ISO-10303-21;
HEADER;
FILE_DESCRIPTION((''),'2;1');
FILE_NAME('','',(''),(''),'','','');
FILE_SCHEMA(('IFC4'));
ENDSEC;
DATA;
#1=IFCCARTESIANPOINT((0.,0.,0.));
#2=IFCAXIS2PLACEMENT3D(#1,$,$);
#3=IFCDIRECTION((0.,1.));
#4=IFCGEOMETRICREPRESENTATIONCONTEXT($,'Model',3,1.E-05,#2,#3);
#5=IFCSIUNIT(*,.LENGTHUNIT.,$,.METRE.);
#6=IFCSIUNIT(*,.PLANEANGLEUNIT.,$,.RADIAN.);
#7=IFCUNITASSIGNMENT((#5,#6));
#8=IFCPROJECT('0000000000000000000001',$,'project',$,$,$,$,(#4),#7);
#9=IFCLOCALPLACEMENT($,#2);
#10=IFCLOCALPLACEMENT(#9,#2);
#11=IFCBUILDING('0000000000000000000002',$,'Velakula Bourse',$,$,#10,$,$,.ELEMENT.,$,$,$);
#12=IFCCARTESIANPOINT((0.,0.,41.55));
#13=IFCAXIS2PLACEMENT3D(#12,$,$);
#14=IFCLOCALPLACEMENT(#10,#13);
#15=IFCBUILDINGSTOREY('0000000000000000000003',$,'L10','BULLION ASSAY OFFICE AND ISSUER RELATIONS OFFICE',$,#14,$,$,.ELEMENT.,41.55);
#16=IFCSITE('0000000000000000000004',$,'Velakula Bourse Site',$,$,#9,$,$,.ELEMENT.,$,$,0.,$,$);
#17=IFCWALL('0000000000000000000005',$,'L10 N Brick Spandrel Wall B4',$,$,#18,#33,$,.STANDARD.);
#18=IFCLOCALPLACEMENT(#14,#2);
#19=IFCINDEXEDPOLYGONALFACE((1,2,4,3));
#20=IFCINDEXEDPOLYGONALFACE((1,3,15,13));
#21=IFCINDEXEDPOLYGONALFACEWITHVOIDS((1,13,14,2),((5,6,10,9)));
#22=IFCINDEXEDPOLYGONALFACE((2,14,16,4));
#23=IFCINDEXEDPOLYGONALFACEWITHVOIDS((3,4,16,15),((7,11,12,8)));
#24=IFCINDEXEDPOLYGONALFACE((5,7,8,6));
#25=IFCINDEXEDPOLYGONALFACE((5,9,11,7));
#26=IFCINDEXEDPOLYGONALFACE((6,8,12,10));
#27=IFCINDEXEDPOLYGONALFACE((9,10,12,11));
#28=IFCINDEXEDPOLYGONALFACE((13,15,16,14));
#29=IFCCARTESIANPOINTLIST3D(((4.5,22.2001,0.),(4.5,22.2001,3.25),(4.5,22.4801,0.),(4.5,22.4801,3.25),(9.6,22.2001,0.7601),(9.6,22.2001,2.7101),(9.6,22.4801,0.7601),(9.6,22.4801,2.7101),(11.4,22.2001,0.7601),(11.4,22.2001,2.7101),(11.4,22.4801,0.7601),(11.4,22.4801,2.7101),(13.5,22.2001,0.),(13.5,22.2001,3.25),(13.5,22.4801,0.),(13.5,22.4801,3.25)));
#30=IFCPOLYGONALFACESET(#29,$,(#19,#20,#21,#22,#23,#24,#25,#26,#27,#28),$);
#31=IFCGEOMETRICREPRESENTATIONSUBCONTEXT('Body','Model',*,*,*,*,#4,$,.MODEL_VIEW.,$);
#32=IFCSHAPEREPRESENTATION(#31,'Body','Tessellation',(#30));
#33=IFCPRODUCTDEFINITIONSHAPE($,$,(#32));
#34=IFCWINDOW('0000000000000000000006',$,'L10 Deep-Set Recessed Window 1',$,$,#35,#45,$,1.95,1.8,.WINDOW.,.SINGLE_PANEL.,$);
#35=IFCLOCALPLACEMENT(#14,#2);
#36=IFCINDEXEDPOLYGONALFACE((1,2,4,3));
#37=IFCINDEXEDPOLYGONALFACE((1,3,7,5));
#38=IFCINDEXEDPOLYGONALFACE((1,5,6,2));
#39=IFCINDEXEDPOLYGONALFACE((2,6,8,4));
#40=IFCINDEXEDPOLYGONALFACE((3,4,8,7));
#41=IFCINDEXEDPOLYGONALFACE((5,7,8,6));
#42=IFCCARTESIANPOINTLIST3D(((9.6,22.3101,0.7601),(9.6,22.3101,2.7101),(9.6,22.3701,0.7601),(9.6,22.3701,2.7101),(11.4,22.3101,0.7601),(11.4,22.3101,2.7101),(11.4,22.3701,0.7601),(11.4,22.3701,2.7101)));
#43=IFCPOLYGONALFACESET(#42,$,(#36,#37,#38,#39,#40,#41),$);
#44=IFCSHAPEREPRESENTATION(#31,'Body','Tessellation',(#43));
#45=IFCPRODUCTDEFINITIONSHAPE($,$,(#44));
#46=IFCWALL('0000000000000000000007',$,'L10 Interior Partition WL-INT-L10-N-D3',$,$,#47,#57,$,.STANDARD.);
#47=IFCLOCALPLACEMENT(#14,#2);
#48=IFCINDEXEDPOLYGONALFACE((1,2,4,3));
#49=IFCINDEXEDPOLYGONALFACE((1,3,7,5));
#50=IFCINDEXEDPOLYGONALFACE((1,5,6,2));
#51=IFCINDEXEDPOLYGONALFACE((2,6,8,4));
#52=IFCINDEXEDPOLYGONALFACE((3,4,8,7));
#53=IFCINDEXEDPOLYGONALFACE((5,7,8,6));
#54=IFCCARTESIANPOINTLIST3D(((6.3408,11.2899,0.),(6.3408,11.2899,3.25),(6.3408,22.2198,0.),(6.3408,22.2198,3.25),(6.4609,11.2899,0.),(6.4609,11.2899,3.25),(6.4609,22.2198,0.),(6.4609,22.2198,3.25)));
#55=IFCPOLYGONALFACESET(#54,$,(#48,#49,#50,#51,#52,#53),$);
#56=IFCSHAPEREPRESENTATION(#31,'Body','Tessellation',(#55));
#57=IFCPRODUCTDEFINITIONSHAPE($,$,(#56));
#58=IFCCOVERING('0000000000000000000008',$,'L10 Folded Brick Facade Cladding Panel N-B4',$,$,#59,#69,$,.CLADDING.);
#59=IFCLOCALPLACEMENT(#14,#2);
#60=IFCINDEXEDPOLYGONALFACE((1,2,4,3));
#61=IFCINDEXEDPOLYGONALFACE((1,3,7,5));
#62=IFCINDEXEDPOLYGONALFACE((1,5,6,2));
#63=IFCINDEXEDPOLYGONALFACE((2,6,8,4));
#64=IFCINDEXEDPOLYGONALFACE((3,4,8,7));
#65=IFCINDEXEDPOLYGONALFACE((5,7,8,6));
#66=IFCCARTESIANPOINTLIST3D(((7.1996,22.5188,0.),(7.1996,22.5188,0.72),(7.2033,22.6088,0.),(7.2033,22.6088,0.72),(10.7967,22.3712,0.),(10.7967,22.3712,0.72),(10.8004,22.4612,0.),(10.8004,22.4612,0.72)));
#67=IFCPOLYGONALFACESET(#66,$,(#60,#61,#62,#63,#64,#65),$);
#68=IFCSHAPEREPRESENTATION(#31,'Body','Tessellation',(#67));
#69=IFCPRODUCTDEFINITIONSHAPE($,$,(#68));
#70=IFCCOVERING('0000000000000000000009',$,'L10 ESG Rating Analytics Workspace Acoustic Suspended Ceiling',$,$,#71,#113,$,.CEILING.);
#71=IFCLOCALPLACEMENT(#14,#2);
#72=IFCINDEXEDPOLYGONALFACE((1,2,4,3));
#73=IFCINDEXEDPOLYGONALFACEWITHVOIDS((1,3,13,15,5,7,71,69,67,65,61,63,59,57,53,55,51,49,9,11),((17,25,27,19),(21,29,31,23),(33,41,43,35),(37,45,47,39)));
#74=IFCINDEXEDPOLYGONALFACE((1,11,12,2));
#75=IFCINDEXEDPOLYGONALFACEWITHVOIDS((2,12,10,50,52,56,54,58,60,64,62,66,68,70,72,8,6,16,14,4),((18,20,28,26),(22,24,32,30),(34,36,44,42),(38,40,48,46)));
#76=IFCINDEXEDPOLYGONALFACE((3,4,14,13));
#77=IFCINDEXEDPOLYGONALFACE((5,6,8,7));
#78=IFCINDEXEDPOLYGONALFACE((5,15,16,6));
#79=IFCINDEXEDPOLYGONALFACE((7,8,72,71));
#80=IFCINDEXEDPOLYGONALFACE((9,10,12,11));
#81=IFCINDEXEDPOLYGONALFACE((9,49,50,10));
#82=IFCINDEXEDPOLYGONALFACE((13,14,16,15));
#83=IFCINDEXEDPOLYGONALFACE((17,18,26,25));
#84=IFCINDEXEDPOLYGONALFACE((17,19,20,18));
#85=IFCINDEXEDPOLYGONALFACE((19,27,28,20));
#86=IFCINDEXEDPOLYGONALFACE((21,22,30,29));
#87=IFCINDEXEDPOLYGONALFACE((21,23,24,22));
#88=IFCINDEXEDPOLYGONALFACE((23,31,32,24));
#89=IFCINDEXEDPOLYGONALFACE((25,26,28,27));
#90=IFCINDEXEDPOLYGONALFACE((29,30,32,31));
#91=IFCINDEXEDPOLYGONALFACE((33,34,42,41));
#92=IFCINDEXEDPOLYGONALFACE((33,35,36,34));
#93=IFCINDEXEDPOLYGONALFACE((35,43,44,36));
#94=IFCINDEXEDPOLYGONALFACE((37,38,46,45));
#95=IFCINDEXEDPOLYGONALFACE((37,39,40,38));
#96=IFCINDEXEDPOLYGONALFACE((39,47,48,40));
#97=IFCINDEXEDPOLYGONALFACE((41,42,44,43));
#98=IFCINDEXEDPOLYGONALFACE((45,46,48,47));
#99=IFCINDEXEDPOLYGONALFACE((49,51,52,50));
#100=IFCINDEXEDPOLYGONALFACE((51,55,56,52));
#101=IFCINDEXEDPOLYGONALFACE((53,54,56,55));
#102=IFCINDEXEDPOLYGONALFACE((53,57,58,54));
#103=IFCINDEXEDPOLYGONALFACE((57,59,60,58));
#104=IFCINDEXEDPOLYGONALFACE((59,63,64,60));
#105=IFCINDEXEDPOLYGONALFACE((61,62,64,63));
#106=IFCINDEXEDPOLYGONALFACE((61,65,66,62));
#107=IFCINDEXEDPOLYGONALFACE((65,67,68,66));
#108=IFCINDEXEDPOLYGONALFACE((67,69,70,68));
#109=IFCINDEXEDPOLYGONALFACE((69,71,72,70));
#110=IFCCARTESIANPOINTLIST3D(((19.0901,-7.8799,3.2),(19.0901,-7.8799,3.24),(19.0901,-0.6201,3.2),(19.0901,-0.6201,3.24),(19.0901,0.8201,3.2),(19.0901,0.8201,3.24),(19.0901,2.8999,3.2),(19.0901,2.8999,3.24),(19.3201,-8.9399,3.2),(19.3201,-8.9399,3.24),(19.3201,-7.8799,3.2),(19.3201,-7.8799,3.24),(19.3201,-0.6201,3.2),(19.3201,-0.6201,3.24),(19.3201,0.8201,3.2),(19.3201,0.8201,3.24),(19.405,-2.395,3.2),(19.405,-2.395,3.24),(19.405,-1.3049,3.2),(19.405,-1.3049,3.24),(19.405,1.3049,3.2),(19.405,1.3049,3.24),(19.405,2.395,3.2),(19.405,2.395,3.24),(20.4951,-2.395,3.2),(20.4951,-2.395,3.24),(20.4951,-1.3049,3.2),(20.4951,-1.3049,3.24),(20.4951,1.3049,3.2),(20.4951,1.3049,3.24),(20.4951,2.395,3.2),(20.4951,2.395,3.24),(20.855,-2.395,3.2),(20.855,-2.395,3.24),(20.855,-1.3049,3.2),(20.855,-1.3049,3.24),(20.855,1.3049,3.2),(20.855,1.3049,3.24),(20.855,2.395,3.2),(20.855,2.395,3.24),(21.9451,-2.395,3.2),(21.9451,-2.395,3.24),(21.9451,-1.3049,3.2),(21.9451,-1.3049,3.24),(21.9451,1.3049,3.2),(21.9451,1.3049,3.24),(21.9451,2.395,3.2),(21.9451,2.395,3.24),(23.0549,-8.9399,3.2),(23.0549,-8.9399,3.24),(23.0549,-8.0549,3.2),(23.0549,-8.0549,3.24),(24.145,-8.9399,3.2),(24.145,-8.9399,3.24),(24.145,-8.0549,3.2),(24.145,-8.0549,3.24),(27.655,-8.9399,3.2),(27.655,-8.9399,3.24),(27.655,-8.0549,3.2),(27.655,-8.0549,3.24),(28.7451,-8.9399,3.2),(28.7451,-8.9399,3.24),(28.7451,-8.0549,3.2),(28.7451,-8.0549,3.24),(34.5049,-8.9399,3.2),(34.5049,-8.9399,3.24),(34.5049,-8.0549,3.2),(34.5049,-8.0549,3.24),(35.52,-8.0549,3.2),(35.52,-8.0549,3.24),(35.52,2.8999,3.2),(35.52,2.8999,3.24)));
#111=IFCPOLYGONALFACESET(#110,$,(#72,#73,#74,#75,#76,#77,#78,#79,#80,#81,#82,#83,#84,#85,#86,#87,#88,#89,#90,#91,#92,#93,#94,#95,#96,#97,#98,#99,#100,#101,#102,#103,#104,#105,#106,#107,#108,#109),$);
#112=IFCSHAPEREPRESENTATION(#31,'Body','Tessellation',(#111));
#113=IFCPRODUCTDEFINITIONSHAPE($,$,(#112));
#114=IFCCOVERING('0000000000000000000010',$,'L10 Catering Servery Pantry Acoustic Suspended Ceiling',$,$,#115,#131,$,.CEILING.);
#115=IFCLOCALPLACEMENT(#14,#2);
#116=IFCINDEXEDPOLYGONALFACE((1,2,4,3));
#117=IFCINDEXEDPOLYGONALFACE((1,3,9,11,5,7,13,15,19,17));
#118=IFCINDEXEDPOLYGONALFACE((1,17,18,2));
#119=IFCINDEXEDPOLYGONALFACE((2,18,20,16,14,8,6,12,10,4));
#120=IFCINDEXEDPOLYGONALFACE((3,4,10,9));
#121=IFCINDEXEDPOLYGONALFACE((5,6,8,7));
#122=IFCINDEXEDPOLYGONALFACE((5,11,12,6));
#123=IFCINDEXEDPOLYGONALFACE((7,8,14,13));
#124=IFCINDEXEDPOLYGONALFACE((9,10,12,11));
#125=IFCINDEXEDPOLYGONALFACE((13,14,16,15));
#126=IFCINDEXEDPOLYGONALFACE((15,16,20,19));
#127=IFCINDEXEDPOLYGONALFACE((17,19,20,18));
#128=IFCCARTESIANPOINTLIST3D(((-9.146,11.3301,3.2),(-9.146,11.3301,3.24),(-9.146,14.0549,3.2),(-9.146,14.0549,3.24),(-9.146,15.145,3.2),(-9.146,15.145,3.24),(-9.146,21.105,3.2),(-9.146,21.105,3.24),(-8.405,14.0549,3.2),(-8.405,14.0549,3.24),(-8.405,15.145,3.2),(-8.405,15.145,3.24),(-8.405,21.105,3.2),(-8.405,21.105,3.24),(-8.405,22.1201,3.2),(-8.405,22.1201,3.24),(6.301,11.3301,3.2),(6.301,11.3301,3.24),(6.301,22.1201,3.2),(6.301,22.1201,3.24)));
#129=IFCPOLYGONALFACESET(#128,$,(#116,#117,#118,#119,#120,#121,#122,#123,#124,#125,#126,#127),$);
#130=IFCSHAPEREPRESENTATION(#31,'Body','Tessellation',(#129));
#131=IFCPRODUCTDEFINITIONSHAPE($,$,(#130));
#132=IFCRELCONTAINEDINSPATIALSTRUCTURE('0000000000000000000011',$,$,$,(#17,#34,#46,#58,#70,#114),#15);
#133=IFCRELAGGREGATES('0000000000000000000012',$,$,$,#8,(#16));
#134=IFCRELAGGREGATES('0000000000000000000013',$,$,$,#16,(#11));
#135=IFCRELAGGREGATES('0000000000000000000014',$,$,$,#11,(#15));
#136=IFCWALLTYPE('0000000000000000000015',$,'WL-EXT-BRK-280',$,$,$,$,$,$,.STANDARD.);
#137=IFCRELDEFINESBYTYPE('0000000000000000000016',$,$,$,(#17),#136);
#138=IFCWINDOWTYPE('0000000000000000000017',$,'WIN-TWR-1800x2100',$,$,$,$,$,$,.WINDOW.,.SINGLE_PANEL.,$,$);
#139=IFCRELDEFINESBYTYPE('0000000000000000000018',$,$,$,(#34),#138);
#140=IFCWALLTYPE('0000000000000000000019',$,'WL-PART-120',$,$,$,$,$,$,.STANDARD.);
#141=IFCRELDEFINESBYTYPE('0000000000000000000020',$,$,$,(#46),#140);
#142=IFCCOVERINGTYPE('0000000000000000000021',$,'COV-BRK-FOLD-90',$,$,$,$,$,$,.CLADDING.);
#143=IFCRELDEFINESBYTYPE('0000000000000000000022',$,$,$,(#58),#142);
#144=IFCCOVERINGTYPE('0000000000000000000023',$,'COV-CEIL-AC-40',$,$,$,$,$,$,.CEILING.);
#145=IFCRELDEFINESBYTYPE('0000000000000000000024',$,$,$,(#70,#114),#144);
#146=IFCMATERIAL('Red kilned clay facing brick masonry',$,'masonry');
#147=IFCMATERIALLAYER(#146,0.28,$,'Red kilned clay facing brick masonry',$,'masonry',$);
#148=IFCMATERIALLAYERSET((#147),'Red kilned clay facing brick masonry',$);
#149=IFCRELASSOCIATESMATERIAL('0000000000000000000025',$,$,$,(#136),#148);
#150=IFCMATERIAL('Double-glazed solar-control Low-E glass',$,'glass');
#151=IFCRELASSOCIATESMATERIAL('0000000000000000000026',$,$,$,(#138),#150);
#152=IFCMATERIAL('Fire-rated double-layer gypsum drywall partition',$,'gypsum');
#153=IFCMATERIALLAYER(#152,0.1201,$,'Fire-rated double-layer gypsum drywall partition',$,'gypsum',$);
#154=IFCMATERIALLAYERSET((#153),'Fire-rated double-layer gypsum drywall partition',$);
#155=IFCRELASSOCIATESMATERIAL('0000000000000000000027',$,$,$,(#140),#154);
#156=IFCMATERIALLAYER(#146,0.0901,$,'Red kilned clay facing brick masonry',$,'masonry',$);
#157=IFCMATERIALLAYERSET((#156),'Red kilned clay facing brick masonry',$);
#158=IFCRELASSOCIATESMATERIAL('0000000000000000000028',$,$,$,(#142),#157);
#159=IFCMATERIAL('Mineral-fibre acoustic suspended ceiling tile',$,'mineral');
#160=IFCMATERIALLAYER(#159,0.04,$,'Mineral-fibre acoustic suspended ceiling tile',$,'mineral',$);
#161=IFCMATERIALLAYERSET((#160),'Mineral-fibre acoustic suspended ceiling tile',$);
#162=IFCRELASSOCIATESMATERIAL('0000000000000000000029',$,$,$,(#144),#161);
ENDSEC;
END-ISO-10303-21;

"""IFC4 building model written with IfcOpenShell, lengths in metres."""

from ifc_helpers import new_model, si_unit, direction, frame, frame_2d, origin, origin_2d, place, context, subcontext, project, spatial, polyline, rectangle, outline, extrude, material, layer, layer_set, type_object, element, fill, save


model = new_model("IFC4")

# Units and contexts
model_context = context("Model", 3, precision=1e-05, world=origin(), true_north=direction((0.0, 1.0)))
body_context = subcontext(model_context, "Body", "Model", "MODEL_VIEW")
ifc_project = project(units=[si_unit("LENGTHUNIT", "METRE"), si_unit("PLANEANGLEUNIT", "RADIAN")], contexts=[model_context])

# Site, building, storey
site_placement = place(None, origin())
site = spatial("IfcSite", under=ifc_project, at=site_placement, Name="Velakula Bourse Site", CompositionType="ELEMENT", RefElevation=0.0)
building_placement = place(site_placement, origin())
building = spatial("IfcBuilding", under=site, at=building_placement, Name="Velakula Bourse", CompositionType="ELEMENT")
storey_placement = place(building_placement, frame((0.0, 0.0, 41.55)))
storey = spatial("IfcBuildingStorey", under=building, at=storey_placement, Name="L10", Description="BULLION ASSAY OFFICE AND ISSUER RELATIONS OFFICE", CompositionType="ELEMENT", Elevation=41.55)

# Shared definitions
ifc_material_1 = material(Name="Red kilned clay facing brick masonry", Category="masonry")
ifc_layer_1 = layer(ifc_material_1, 0.28, Name="Red kilned clay facing brick masonry", Category="masonry")
ifc_layer_set_1 = layer_set([ifc_layer_1], Name="Red kilned clay facing brick masonry")
wall_type_1 = type_object("IfcWallType", Name="WL-EXT-BRK-280", PredefinedType="STANDARD", material=ifc_layer_set_1)
ifc_material_2 = material(Name="Double-glazed solar-control Low-E glass", Category="glass")
window_type = type_object("IfcWindowType", Name="WIN-TWR-1800x2100", PartitioningType="SINGLE_PANEL", PredefinedType="WINDOW", material=ifc_material_2)

# Wall, opening, window
wall_1_placement = place(storey_placement, frame((4.5, 22.3401, 0.0), z_axis=(0.0, 0.0, 1.0), x_axis=(1.0, 0.0, 0.0)))
wall_1 = element("IfcWall", 1, at=wall_1_placement, inside=storey, type_object=wall_type_1, Name="L10 N Brick Spandrel Wall B4", PredefinedType="STANDARD", context=body_context, shape_type="SweptSolid", body=[
    extrude(rectangle(XDim=9.0, YDim=0.28, at=frame_2d((4.5, 0.0))), origin(), (0.0, 0.0, 1.0), 3.25),
])
opening_1_placement = place(wall_1_placement, frame((5.1001, 0.0, 0.76)))
opening_1 = element("IfcOpeningElement", 2, at=opening_1_placement, cuts=wall_1, PredefinedType="OPENING", context=body_context, shape_type="SweptSolid", body=[
    extrude(rectangle(XDim=1.8, YDim=1.95, at=frame_2d((0.8999, 0.9751))), frame((0.0, 0.1499, 0.0), z_axis=(0.0, -1.0, 0.0), x_axis=(1.0, 0.0, 0.0)), (0.0, 0.0, 1.0), 0.3),
])
window_1_placement = place(opening_1_placement, origin())
window_1 = element("IfcWindow", 3, at=window_1_placement, inside=storey, type_object=window_type, Name="L10 Deep-Set Recessed Window 1", OverallHeight=1.95, OverallWidth=1.8, PartitioningType="SINGLE_PANEL", PredefinedType="WINDOW", context=body_context, shape_type="SweptSolid", body=[
    extrude(rectangle(XDim=1.8, YDim=1.95, at=frame_2d((0.8999, 0.9751))), frame((0.0, 0.03, 0.0), z_axis=(0.0, -1.0, 0.0), x_axis=(1.0, 0.0, 0.0)), (0.0, 0.0, 1.0), 0.0601),
])
fill(opening_1, window_1)

# Wall
ifc_material_3 = material(Name="Fire-rated double-layer gypsum drywall partition", Category="gypsum")
ifc_layer_2 = layer(ifc_material_3, 0.1201, Name="Fire-rated double-layer gypsum drywall partition", Category="gypsum")
ifc_layer_set_2 = layer_set([ifc_layer_2], Name="Fire-rated double-layer gypsum drywall partition")
wall_type_2 = type_object("IfcWallType", Name="WL-PART-120", PredefinedType="STANDARD", material=ifc_layer_set_2)
wall_2_placement = place(storey_placement, frame((6.4009, 11.29, 0.0), z_axis=(0.0, 0.0, 1.0), x_axis=(0.0, 1.0, 0.0)))
element("IfcWall", 4, at=wall_2_placement, inside=storey, type_object=wall_type_2, Name="L10 Interior Partition WL-INT-L10-N-D3", PredefinedType="STANDARD", context=body_context, shape_type="SweptSolid", body=[
    extrude(rectangle(XDim=10.9299, YDim=0.1201, at=frame_2d((5.4648, 0.0))), origin(), (0.0, 0.0, 1.0), 3.25),
])

# Coverings
ifc_layer_3 = layer(ifc_material_1, 0.0901, Name="Red kilned clay facing brick masonry", Category="masonry")
ifc_layer_set_3 = layer_set([ifc_layer_3], Name="Red kilned clay facing brick masonry")
covering_type_1 = type_object("IfcCoveringType", Name="COV-BRK-FOLD-90", PredefinedType="CLADDING", material=ifc_layer_set_3)
covering_1_placement = place(storey_placement, frame((9.0, 22.49, 0.0), z_axis=(0.0, 0.0, 1.0), x_axis=(0.999159, -0.041004, 0.0)))
element("IfcCovering", 5, at=covering_1_placement, inside=storey, type_object=covering_type_1, Name="L10 Folded Brick Facade Cladding Panel N-B4", PredefinedType="CLADDING", context=body_context, shape_type="SweptSolid", body=[
    extrude(rectangle(XDim=3.6001, YDim=0.0901, at=origin_2d()), origin(), (0.0, 0.0, 1.0), 0.72),
])
ifc_material_4 = material(Name="Mineral-fibre acoustic suspended ceiling tile", Category="mineral")
ifc_layer_4 = layer(ifc_material_4, 0.04, Name="Mineral-fibre acoustic suspended ceiling tile", Category="mineral")
ifc_layer_set_4 = layer_set([ifc_layer_4], Name="Mineral-fibre acoustic suspended ceiling tile")
covering_type_2 = type_object("IfcCoveringType", Name="COV-CEIL-AC-40", PredefinedType="CEILING", material=ifc_layer_set_4)
covering_2_placement = place(storey_placement, frame((0.0, 0.0, 3.2)))
element("IfcCovering", 6, at=covering_2_placement, inside=storey, type_object=covering_type_2, Name="L10 ESG Rating Analytics Workspace Acoustic Suspended Ceiling", PredefinedType="CEILING", context=body_context, shape_type="SweptSolid", body=[
    extrude(outline(polyline([(19.0901, -0.6201), (19.3201, -0.6201), (19.3201, 0.8201), (19.0901, 0.8201), (19.0901, 2.8999), (35.52, 2.8999), (35.52, -8.0549), (34.5049, -8.0549), (34.5049, -8.9399), (28.7451, -8.9399), (28.7451, -8.0549), (27.655, -8.0549), (27.655, -8.9399), (24.145, -8.9399), (24.145, -8.0549), (23.0549, -8.0549), (23.0549, -8.9399), (19.3201, -8.9399), (19.3201, -7.8799), (19.0901, -7.8799), (19.0901, -0.6201)]), holes=[polyline([(19.405, -2.395), (20.4951, -2.395), (20.4951, -1.3049), (19.405, -1.3049), (19.405, -2.395)]), polyline([(20.855, -2.395), (21.9451, -2.395), (21.9451, -1.3049), (20.855, -1.3049), (20.855, -2.395)]), polyline([(19.405, 1.3049), (20.4951, 1.3049), (20.4951, 2.395), (19.405, 2.395), (19.405, 1.3049)]), polyline([(20.855, 2.395), (20.855, 1.3049), (21.9451, 1.3049), (21.9451, 2.395), (20.855, 2.395)])]), origin(), (0.0, 0.0, 1.0), 0.04),
])
covering_3_placement = place(storey_placement, frame((0.0, 0.0, 3.2)))
element("IfcCovering", 7, at=covering_3_placement, inside=storey, type_object=covering_type_2, Name="L10 Catering Servery Pantry Acoustic Suspended Ceiling", PredefinedType="CEILING", context=body_context, shape_type="SweptSolid", body=[
    extrude(outline(polyline([(6.301, 22.1201), (6.301, 11.3301), (-9.146, 11.3301), (-9.146, 14.0549), (-8.405, 14.0549), (-8.405, 15.145), (-9.146, 15.145), (-9.146, 21.105), (-8.405, 21.105), (-8.405, 22.1201), (6.301, 22.1201)])), origin(), (0.0, 0.0, 1.0), 0.04),
])

save(model, "model.ifc")
